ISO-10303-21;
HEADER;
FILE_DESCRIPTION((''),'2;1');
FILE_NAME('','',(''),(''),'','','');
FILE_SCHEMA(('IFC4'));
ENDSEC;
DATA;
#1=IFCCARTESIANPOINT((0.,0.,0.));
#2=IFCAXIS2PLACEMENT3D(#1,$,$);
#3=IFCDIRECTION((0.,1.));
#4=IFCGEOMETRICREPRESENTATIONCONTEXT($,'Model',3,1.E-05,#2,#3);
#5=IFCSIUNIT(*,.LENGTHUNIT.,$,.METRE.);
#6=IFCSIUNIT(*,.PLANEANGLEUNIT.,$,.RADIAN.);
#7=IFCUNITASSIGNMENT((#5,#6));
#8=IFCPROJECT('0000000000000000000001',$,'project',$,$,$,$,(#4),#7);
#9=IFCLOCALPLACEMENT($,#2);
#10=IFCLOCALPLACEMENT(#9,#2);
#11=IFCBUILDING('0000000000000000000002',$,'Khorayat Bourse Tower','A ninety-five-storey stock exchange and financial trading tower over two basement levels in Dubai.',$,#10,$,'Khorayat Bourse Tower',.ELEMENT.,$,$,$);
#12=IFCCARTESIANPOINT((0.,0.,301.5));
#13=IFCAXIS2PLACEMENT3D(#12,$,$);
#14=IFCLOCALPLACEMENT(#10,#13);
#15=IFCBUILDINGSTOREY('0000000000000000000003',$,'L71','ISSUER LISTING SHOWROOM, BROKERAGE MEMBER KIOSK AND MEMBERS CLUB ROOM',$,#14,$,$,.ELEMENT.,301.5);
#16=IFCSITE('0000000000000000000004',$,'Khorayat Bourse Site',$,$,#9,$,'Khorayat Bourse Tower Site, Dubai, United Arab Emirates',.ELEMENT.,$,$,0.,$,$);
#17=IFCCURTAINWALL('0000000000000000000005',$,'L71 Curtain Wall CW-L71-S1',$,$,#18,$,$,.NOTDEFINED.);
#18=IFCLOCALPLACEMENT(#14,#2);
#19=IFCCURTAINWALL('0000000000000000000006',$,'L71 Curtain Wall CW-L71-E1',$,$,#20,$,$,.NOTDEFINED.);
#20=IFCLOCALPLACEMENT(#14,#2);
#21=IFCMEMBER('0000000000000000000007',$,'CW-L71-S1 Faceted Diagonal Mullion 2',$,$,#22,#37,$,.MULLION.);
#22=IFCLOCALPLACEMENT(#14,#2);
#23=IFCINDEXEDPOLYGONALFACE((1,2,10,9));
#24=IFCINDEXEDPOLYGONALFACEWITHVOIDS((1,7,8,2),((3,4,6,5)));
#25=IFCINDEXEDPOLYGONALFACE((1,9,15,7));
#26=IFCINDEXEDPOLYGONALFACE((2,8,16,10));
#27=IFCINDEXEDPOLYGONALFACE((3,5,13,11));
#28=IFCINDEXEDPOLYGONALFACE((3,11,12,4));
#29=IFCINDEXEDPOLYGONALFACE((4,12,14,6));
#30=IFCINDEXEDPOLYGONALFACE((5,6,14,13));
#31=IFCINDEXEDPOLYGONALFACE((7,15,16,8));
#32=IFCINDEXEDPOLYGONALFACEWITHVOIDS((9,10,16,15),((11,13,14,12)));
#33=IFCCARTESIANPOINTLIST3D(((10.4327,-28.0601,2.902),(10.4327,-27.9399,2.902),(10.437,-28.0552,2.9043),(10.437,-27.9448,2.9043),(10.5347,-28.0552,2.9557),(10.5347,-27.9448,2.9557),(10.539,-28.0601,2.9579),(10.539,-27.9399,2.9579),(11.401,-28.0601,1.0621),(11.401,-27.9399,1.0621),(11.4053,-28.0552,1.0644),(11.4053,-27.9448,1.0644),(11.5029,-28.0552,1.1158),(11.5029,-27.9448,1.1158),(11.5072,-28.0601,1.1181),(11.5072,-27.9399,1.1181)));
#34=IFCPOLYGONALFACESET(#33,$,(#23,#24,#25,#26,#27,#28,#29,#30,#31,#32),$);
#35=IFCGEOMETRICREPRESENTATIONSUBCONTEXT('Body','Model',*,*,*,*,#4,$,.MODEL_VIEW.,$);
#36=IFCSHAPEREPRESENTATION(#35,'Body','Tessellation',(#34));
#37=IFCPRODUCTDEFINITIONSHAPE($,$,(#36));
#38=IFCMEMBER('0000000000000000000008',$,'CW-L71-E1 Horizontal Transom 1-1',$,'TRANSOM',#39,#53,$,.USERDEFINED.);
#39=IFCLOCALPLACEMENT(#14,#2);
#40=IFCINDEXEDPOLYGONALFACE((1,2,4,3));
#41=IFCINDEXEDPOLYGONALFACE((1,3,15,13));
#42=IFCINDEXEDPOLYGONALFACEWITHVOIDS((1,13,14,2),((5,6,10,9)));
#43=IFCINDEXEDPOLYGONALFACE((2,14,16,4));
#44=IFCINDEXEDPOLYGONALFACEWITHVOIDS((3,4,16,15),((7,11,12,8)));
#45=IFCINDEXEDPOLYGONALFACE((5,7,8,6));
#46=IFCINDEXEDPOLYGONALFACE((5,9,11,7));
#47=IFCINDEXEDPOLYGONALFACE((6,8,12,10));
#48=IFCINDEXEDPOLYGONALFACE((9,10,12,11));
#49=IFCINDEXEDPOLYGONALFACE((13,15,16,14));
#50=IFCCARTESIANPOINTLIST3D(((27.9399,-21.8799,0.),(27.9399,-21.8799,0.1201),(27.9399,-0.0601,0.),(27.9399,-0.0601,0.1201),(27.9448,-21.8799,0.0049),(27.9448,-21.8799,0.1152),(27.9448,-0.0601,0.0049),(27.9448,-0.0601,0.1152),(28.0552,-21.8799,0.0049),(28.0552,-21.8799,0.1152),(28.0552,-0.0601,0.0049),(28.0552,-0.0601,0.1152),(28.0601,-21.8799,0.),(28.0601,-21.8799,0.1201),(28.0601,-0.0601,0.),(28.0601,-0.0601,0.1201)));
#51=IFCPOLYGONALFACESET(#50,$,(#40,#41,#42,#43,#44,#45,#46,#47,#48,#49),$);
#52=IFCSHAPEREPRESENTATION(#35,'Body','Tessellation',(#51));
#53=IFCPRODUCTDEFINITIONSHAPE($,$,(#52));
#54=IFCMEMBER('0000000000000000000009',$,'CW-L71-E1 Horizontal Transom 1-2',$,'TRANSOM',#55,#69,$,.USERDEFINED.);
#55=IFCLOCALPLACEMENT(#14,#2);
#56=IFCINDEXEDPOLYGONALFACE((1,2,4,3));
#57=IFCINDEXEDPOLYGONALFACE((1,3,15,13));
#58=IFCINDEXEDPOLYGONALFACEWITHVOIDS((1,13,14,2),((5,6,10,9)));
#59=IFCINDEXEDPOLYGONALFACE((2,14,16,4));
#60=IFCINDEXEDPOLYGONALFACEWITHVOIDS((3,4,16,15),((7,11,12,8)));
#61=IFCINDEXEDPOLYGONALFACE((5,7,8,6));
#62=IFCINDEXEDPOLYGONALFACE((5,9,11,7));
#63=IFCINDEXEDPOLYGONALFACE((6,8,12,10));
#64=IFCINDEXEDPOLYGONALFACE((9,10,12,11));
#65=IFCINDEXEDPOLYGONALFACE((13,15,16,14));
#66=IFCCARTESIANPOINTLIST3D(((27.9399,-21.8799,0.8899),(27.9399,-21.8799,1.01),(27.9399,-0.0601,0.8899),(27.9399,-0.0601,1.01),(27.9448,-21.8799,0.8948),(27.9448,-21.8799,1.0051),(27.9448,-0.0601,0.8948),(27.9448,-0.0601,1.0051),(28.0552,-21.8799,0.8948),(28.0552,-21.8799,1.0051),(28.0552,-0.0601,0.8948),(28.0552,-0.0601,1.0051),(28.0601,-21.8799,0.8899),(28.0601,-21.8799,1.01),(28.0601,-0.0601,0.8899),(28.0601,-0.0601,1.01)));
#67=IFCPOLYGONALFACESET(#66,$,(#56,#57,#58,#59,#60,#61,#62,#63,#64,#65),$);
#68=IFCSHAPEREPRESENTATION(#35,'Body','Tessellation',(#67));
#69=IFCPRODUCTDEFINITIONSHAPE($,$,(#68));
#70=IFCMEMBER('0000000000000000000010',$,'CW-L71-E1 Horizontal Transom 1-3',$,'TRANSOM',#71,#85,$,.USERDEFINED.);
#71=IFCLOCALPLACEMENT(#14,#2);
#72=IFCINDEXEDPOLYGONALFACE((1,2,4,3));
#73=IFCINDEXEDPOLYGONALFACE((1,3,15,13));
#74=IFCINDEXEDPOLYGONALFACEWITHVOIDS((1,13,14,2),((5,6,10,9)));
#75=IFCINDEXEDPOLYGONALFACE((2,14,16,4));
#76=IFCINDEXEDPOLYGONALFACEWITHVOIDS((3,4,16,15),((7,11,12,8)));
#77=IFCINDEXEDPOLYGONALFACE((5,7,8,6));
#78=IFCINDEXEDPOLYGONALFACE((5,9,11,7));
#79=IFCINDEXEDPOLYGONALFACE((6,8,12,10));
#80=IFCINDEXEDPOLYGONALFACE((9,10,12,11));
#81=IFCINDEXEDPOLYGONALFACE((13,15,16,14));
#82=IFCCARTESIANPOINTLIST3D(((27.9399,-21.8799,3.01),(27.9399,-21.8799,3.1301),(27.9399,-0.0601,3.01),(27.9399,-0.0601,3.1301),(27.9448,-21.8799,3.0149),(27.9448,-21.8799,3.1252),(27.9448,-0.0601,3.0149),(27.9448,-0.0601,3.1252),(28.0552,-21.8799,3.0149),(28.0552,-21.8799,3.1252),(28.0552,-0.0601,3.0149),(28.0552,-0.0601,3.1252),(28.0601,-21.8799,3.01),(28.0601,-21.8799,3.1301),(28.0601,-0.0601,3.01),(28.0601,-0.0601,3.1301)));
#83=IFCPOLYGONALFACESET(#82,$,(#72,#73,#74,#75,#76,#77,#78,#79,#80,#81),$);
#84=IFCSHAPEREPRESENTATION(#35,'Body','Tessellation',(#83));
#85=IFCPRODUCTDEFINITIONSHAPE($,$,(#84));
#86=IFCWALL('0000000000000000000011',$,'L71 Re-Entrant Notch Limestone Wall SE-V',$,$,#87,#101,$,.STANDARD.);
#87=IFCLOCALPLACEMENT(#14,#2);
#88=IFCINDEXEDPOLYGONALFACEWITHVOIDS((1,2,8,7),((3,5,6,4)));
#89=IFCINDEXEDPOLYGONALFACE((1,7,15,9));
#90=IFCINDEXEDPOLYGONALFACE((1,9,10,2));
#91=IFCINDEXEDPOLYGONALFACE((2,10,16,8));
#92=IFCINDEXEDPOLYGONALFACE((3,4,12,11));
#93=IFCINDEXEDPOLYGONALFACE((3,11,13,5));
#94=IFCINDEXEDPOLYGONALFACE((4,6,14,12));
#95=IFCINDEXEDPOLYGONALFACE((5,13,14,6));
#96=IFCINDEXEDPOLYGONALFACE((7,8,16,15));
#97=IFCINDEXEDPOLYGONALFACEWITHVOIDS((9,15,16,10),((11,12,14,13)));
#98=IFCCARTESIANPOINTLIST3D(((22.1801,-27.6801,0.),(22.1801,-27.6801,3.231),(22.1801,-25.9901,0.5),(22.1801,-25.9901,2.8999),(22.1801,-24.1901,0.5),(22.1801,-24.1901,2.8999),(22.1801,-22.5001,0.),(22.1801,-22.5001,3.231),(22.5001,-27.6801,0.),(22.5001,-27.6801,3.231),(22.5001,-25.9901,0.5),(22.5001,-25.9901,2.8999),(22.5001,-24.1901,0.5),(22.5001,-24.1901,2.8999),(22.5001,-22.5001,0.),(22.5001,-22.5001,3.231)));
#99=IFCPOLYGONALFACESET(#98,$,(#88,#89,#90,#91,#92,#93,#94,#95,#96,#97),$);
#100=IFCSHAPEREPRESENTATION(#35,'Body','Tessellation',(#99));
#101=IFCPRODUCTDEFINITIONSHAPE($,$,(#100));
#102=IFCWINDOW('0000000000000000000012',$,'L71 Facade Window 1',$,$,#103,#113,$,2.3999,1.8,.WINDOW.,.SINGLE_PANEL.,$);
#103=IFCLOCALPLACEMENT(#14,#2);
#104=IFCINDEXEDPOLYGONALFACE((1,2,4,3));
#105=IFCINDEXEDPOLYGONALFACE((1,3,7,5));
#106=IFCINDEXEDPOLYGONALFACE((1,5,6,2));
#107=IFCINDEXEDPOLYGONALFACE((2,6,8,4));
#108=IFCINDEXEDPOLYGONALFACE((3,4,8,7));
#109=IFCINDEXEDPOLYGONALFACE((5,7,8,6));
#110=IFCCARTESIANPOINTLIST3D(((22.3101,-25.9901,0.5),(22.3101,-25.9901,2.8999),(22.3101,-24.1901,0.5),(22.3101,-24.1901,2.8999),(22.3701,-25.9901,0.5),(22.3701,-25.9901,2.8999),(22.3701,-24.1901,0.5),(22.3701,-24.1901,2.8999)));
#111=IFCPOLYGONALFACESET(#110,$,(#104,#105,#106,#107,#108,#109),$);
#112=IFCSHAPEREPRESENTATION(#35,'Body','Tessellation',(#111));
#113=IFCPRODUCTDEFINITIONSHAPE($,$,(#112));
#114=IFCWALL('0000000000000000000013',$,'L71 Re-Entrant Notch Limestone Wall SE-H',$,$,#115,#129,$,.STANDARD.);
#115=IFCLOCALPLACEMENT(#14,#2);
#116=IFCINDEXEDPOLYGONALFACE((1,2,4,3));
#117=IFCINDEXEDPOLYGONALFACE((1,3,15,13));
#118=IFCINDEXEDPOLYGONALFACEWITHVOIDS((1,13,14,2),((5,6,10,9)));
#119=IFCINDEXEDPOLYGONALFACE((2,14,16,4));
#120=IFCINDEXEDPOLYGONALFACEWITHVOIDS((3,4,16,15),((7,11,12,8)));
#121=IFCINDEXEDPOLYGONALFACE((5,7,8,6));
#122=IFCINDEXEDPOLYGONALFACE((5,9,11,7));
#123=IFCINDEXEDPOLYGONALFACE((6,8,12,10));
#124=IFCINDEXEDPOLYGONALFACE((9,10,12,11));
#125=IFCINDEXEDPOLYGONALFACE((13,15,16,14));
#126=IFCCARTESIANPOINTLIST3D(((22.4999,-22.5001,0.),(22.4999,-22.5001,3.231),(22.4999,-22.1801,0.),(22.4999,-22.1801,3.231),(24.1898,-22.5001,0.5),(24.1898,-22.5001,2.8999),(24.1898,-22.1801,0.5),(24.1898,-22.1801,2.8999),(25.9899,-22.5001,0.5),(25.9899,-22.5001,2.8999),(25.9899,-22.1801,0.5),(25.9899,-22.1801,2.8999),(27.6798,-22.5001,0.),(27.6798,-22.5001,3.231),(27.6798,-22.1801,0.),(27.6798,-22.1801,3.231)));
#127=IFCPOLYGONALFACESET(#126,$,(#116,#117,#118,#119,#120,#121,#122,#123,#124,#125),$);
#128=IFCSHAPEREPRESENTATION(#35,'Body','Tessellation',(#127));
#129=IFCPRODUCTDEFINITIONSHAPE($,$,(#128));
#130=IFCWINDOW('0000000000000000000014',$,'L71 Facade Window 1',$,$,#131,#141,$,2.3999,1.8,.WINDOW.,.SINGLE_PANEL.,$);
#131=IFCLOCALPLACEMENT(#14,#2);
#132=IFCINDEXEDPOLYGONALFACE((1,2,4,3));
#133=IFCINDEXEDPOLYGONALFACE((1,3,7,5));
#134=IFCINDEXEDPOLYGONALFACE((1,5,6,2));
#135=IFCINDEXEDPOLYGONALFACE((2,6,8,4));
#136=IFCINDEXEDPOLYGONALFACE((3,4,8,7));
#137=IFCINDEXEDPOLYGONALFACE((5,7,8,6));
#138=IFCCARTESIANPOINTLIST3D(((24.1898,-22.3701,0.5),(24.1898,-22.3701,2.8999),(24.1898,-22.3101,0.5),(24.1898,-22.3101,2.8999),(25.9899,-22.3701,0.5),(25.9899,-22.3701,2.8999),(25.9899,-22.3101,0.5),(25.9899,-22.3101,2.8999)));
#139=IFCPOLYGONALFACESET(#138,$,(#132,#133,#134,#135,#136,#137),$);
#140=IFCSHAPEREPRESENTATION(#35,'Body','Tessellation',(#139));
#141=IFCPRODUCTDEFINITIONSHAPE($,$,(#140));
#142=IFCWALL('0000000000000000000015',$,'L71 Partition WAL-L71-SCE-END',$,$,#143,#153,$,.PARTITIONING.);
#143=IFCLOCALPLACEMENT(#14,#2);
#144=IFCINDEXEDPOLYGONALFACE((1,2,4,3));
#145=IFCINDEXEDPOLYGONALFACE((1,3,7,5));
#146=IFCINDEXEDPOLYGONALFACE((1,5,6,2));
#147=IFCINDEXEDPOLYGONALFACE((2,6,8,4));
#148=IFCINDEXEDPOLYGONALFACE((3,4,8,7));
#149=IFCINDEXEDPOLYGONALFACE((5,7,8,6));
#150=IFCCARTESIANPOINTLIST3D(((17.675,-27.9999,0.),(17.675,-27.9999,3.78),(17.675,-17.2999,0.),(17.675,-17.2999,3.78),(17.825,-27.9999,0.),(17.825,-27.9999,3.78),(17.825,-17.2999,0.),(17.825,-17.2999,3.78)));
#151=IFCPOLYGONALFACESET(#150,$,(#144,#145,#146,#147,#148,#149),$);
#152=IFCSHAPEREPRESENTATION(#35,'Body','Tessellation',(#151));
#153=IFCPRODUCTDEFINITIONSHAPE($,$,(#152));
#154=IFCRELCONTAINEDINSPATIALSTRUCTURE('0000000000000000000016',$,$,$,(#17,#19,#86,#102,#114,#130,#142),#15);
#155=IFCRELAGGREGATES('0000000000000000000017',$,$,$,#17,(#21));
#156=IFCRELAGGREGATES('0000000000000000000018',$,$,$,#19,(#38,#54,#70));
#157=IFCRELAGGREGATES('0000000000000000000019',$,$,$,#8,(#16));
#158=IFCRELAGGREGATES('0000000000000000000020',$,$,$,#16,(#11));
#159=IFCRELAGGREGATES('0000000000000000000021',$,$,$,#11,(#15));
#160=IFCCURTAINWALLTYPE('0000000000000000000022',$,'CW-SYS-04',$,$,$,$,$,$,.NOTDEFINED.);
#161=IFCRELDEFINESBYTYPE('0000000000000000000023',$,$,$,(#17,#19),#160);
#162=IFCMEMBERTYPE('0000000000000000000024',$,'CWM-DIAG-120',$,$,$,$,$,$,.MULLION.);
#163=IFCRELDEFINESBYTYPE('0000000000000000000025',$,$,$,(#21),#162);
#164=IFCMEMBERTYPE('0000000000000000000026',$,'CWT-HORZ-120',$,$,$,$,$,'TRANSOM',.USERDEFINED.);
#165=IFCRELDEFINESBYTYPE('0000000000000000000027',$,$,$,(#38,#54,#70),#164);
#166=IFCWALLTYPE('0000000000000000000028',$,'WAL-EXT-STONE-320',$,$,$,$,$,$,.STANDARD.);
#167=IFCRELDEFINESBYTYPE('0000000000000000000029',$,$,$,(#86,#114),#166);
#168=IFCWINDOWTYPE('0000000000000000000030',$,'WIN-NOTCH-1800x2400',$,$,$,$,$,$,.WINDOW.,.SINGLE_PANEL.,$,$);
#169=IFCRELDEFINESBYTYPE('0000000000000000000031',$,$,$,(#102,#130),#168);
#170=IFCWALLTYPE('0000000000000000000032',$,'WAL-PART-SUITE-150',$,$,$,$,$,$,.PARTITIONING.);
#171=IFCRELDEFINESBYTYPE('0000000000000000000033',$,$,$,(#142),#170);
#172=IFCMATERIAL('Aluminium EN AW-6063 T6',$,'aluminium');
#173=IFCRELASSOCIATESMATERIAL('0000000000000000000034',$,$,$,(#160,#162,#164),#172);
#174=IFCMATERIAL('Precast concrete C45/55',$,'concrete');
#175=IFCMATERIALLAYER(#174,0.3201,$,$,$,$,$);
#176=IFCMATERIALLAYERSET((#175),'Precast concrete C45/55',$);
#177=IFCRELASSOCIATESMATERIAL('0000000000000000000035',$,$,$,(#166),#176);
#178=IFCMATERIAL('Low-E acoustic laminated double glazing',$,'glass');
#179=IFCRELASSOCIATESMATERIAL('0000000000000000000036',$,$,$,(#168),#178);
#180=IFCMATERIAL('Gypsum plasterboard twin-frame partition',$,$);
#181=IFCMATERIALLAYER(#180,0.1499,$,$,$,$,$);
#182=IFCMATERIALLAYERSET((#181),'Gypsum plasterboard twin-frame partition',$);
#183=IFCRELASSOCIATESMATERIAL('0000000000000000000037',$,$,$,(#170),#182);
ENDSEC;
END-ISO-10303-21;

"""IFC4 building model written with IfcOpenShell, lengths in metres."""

from ifc_helpers import new_model, si_unit, direction, frame, frame_2d, origin, origin_2d, place, context, subcontext, project, spatial, rectangle, hollow_rectangle, extrude, source, transform, mapped, material, layer, layer_set, material_profile, profile_set, type_object, element, fill, aggregate, save


model = new_model("IFC4")

# Units and contexts
model_context = context("Model", 3, precision=1e-05, world=origin(), true_north=direction((0.0, 1.0)))
body_context = subcontext(model_context, "Body", "Model", "MODEL_VIEW")
ifc_project = project(units=[si_unit("LENGTHUNIT", "METRE"), si_unit("PLANEANGLEUNIT", "RADIAN")], contexts=[model_context])

# Site, building, storey
site_placement = place(None, origin())
site = spatial("IfcSite", under=ifc_project, at=site_placement, Name="Khorayat Bourse Site", LongName="Khorayat Bourse Tower Site, Dubai, United Arab Emirates", CompositionType="ELEMENT", RefElevation=0.0)
building_placement = place(site_placement, origin())
building = spatial("IfcBuilding", under=site, at=building_placement, Name="Khorayat Bourse Tower", Description="A ninety-five-storey stock exchange and financial trading tower over two basement levels in Dubai.", LongName="Khorayat Bourse Tower", CompositionType="ELEMENT")
storey_placement = place(building_placement, frame((0.0, 0.0, 301.5)))
storey = spatial("IfcBuildingStorey", under=building, at=storey_placement, Name="L71", Description="ISSUER LISTING SHOWROOM, BROKERAGE MEMBER KIOSK AND MEMBERS CLUB ROOM", CompositionType="ELEMENT", Elevation=301.5)

# Curtain walls
ifc_material_1 = material(Name="Aluminium EN AW-6063 T6", Category="aluminium")
curtain_wall_type = type_object("IfcCurtainWallType", Name="CW-SYS-04", PredefinedType="NOTDEFINED", material=ifc_material_1)
curtain_wall_1_placement = place(storey_placement, origin())
curtain_wall_1 = element("IfcCurtainWall", 1, at=curtain_wall_1_placement, inside=storey, type_object=curtain_wall_type, Name="L71 Curtain Wall CW-L71-S1", PredefinedType="NOTDEFINED")
curtain_wall_2_placement = place(storey_placement, origin())
curtain_wall_2 = element("IfcCurtainWall", 2, at=curtain_wall_2_placement, inside=storey, type_object=curtain_wall_type, Name="L71 Curtain Wall CW-L71-E1", PredefinedType="NOTDEFINED")

# Members
ifc_material_profile_1 = material_profile(ifc_material_1, hollow_rectangle(XDim=0.1201, YDim=0.1201, WallThickness=0.0049, at=origin_2d()), Name="ALU 120x120x5")
ifc_profile_set_1 = profile_set([ifc_material_profile_1], Name="Aluminium EN AW-6063 T6")
member_type_1 = type_object("IfcMemberType", Name="CWM-DIAG-120", PredefinedType="MULLION", material=ifc_profile_set_1)
shared_shape_1 = source(origin(), body_context, "Body", "SweptSolid", [
    extrude(hollow_rectangle(XDim=0.1201, YDim=0.1201, WallThickness=0.0049, at=origin_2d()), origin(), (0.0, 0.0, 1.0), 2.0791),
])
member_1_placement = place(storey_placement, frame((11.4541, -28.0, 1.0901), z_axis=(-0.465717, 0.0, 0.884934), x_axis=(0.0, -1.0, 0.0)))
member_1 = element("IfcMember", 3, at=member_1_placement, type_object=member_type_1, Name="CW-L71-S1 Faceted Diagonal Mullion 2", PredefinedType="MULLION", context=body_context, shape_type="MappedRepresentation", body=[
    mapped(shared_shape_1, transform((0.0, 0.0, 0.0), scale=1.0)),
])
aggregate(curtain_wall_1, [member_1])
ifc_material_profile_2 = material_profile(ifc_material_1, hollow_rectangle(XDim=0.1201, YDim=0.1201, WallThickness=0.0049, at=origin_2d()), Name="ALU 120x120x5")
ifc_profile_set_2 = profile_set([ifc_material_profile_2], Name="Aluminium EN AW-6063 T6")
member_type_2 = type_object("IfcMemberType", Name="CWT-HORZ-120", ElementType="TRANSOM", PredefinedType="USERDEFINED", material=ifc_profile_set_2)
shared_shape_2 = source(origin(), body_context, "Body", "SweptSolid", [
    extrude(hollow_rectangle(XDim=0.1201, YDim=0.1201, WallThickness=0.0049, at=origin_2d()), origin(), (0.0, 0.0, 1.0), 21.8198),
])
member_2_placement = place(storey_placement, frame((28.0, -21.8799, 0.0601), z_axis=(0.0, 1.0, 0.0), x_axis=(-1.0, 0.0, 0.0)))
member_2 = element("IfcMember", 4, at=member_2_placement, type_object=member_type_2, Name="CW-L71-E1 Horizontal Transom 1-1", ObjectType="TRANSOM", PredefinedType="USERDEFINED", context=body_context, shape_type="MappedRepresentation", body=[
    mapped(shared_shape_2, transform((0.0, 0.0, 0.0), scale=1.0)),
])
member_3_placement = place(storey_placement, frame((28.0, -21.8799, 0.95), z_axis=(0.0, 1.0, 0.0), x_axis=(-1.0, 0.0, 0.0)))
member_3 = element("IfcMember", 5, at=member_3_placement, type_object=member_type_2, Name="CW-L71-E1 Horizontal Transom 1-2", ObjectType="TRANSOM", PredefinedType="USERDEFINED", context=body_context, shape_type="MappedRepresentation", body=[
    mapped(shared_shape_2, transform((0.0, 0.0, 0.0), scale=1.0)),
])
member_4_placement = place(storey_placement, frame((28.0, -21.8799, 3.0701), z_axis=(0.0, 1.0, 0.0), x_axis=(-1.0, 0.0, 0.0)))
member_4 = element("IfcMember", 6, at=member_4_placement, type_object=member_type_2, Name="CW-L71-E1 Horizontal Transom 1-3", ObjectType="TRANSOM", PredefinedType="USERDEFINED", context=body_context, shape_type="MappedRepresentation", body=[
    mapped(shared_shape_2, transform((0.0, 0.0, 0.0), scale=1.0)),
])
aggregate(curtain_wall_2, [member_2, member_3, member_4])

# Walls, openings, windows
ifc_material_2 = material(Name="Precast concrete C45/55", Category="concrete")
ifc_layer_1 = layer(ifc_material_2, 0.3201)
ifc_layer_set_1 = layer_set([ifc_layer_1], Name="Precast concrete C45/55")
wall_type_1 = type_object("IfcWallType", Name="WAL-EXT-STONE-320", PredefinedType="STANDARD", material=ifc_layer_set_1)
shared_shape_3 = source(origin(), body_context, "Body", "SweptSolid", [
    extrude(rectangle(XDim=5.1799, YDim=0.3201, at=frame_2d((2.5898, 0.0))), origin(), (0.0, 0.0, 1.0), 3.231),
])
wall_1_placement = place(storey_placement, frame((22.3401, -27.6799, 0.0), z_axis=(0.0, 0.0, 1.0), x_axis=(0.0, 1.0, 0.0)))
wall_1 = element("IfcWall", 7, at=wall_1_placement, inside=storey, type_object=wall_type_1, Name="L71 Re-Entrant Notch Limestone Wall SE-V", PredefinedType="STANDARD", context=body_context, shape_type="MappedRepresentation", body=[
    mapped(shared_shape_3, transform((0.0, 0.0, 0.0), scale=1.0)),
])
shared_shape_4 = source(origin(), body_context, "Body", "SweptSolid", [
    extrude(rectangle(XDim=1.8, YDim=2.3999, at=frame_2d((0.8999, 1.2))), frame((0.0, 0.1699, 0.0), z_axis=(0.0, -1.0, 0.0), x_axis=(1.0, 0.0, 0.0)), (0.0, 0.0, 1.0), 0.3401),
])
opening_1_placement = place(wall_1_placement, frame((1.6899, 0.0, 0.5)))
opening_1 = element("IfcOpeningElement", 8, at=opening_1_placement, cuts=wall_1, PredefinedType="OPENING", context=body_context, shape_type="MappedRepresentation", body=[
    mapped(shared_shape_4, transform((0.0, 0.0, 0.0), scale=1.0)),
])
ifc_material_3 = material(Name="Low-E acoustic laminated double glazing", Category="glass")
window_type = type_object("IfcWindowType", Name="WIN-NOTCH-1800x2400", PartitioningType="SINGLE_PANEL", PredefinedType="WINDOW", material=ifc_material_3)
shared_shape_5 = source(origin(), body_context, "Body", "SweptSolid", [
    extrude(rectangle(XDim=1.8, YDim=2.3999, at=frame_2d((0.8999, 1.2))), frame((0.0, 0.03, 0.0), z_axis=(0.0, -1.0, 0.0), x_axis=(1.0, 0.0, 0.0)), (0.0, 0.0, 1.0), 0.0601),
])
window_1_placement = place(opening_1_placement, origin())
window_1 = element("IfcWindow", 9, at=window_1_placement, inside=storey, type_object=window_type, Name="L71 Facade Window 1", OverallHeight=2.3999, OverallWidth=1.8, PartitioningType="SINGLE_PANEL", PredefinedType="WINDOW", context=body_context, shape_type="MappedRepresentation", body=[
    mapped(shared_shape_5, transform((0.0, 0.0, 0.0), scale=1.0)),
])
fill(opening_1, window_1)
wall_2_placement = place(storey_placement, frame((22.5, -22.3401, 0.0), z_axis=(0.0, 0.0, 1.0), x_axis=(1.0, 0.0, 0.0)))
wall_2 = element("IfcWall", 10, at=wall_2_placement, inside=storey, type_object=wall_type_1, Name="L71 Re-Entrant Notch Limestone Wall SE-H", PredefinedType="STANDARD", context=body_context, shape_type="MappedRepresentation", body=[
    mapped(shared_shape_3, transform((0.0, 0.0, 0.0), scale=1.0)),
])
opening_2_placement = place(wall_2_placement, frame((1.6899, 0.0, 0.5)))
opening_2 = element("IfcOpeningElement", 11, at=opening_2_placement, cuts=wall_2, PredefinedType="OPENING", context=body_context, shape_type="MappedRepresentation", body=[
    mapped(shared_shape_4, transform((0.0, 0.0, 0.0), scale=1.0)),
])
window_2_placement = place(opening_2_placement, origin())
window_2 = element("IfcWindow", 12, at=window_2_placement, inside=storey, type_object=window_type, Name="L71 Facade Window 1", OverallHeight=2.3999, OverallWidth=1.8, PartitioningType="SINGLE_PANEL", PredefinedType="WINDOW", context=body_context, shape_type="MappedRepresentation", body=[
    mapped(shared_shape_5, transform((0.0, 0.0, 0.0), scale=1.0)),
])
fill(opening_2, window_2)

# Wall
ifc_material_4 = material(Name="Gypsum plasterboard twin-frame partition")
ifc_layer_2 = layer(ifc_material_4, 0.1499)
ifc_layer_set_2 = layer_set([ifc_layer_2], Name="Gypsum plasterboard twin-frame partition")
wall_type_2 = type_object("IfcWallType", Name="WAL-PART-SUITE-150", PredefinedType="PARTITIONING", material=ifc_layer_set_2)
shared_shape_6 = source(origin(), body_context, "Body", "SweptSolid", [
    extrude(rectangle(XDim=10.7, YDim=0.1499, at=frame_2d((5.3501, 0.0))), origin(), (0.0, 0.0, 1.0), 3.78),
])
wall_3_placement = place(storey_placement, frame((17.75, -28.0, 0.0), z_axis=(0.0, 0.0, 1.0), x_axis=(0.0, 1.0, 0.0)))
element("IfcWall", 13, at=wall_3_placement, inside=storey, type_object=wall_type_2, Name="L71 Partition WAL-L71-SCE-END", PredefinedType="PARTITIONING", context=body_context, shape_type="MappedRepresentation", body=[
    mapped(shared_shape_6, transform((0.0, 0.0, 0.0), scale=1.0)),
])

save(model, "model.ifc")
